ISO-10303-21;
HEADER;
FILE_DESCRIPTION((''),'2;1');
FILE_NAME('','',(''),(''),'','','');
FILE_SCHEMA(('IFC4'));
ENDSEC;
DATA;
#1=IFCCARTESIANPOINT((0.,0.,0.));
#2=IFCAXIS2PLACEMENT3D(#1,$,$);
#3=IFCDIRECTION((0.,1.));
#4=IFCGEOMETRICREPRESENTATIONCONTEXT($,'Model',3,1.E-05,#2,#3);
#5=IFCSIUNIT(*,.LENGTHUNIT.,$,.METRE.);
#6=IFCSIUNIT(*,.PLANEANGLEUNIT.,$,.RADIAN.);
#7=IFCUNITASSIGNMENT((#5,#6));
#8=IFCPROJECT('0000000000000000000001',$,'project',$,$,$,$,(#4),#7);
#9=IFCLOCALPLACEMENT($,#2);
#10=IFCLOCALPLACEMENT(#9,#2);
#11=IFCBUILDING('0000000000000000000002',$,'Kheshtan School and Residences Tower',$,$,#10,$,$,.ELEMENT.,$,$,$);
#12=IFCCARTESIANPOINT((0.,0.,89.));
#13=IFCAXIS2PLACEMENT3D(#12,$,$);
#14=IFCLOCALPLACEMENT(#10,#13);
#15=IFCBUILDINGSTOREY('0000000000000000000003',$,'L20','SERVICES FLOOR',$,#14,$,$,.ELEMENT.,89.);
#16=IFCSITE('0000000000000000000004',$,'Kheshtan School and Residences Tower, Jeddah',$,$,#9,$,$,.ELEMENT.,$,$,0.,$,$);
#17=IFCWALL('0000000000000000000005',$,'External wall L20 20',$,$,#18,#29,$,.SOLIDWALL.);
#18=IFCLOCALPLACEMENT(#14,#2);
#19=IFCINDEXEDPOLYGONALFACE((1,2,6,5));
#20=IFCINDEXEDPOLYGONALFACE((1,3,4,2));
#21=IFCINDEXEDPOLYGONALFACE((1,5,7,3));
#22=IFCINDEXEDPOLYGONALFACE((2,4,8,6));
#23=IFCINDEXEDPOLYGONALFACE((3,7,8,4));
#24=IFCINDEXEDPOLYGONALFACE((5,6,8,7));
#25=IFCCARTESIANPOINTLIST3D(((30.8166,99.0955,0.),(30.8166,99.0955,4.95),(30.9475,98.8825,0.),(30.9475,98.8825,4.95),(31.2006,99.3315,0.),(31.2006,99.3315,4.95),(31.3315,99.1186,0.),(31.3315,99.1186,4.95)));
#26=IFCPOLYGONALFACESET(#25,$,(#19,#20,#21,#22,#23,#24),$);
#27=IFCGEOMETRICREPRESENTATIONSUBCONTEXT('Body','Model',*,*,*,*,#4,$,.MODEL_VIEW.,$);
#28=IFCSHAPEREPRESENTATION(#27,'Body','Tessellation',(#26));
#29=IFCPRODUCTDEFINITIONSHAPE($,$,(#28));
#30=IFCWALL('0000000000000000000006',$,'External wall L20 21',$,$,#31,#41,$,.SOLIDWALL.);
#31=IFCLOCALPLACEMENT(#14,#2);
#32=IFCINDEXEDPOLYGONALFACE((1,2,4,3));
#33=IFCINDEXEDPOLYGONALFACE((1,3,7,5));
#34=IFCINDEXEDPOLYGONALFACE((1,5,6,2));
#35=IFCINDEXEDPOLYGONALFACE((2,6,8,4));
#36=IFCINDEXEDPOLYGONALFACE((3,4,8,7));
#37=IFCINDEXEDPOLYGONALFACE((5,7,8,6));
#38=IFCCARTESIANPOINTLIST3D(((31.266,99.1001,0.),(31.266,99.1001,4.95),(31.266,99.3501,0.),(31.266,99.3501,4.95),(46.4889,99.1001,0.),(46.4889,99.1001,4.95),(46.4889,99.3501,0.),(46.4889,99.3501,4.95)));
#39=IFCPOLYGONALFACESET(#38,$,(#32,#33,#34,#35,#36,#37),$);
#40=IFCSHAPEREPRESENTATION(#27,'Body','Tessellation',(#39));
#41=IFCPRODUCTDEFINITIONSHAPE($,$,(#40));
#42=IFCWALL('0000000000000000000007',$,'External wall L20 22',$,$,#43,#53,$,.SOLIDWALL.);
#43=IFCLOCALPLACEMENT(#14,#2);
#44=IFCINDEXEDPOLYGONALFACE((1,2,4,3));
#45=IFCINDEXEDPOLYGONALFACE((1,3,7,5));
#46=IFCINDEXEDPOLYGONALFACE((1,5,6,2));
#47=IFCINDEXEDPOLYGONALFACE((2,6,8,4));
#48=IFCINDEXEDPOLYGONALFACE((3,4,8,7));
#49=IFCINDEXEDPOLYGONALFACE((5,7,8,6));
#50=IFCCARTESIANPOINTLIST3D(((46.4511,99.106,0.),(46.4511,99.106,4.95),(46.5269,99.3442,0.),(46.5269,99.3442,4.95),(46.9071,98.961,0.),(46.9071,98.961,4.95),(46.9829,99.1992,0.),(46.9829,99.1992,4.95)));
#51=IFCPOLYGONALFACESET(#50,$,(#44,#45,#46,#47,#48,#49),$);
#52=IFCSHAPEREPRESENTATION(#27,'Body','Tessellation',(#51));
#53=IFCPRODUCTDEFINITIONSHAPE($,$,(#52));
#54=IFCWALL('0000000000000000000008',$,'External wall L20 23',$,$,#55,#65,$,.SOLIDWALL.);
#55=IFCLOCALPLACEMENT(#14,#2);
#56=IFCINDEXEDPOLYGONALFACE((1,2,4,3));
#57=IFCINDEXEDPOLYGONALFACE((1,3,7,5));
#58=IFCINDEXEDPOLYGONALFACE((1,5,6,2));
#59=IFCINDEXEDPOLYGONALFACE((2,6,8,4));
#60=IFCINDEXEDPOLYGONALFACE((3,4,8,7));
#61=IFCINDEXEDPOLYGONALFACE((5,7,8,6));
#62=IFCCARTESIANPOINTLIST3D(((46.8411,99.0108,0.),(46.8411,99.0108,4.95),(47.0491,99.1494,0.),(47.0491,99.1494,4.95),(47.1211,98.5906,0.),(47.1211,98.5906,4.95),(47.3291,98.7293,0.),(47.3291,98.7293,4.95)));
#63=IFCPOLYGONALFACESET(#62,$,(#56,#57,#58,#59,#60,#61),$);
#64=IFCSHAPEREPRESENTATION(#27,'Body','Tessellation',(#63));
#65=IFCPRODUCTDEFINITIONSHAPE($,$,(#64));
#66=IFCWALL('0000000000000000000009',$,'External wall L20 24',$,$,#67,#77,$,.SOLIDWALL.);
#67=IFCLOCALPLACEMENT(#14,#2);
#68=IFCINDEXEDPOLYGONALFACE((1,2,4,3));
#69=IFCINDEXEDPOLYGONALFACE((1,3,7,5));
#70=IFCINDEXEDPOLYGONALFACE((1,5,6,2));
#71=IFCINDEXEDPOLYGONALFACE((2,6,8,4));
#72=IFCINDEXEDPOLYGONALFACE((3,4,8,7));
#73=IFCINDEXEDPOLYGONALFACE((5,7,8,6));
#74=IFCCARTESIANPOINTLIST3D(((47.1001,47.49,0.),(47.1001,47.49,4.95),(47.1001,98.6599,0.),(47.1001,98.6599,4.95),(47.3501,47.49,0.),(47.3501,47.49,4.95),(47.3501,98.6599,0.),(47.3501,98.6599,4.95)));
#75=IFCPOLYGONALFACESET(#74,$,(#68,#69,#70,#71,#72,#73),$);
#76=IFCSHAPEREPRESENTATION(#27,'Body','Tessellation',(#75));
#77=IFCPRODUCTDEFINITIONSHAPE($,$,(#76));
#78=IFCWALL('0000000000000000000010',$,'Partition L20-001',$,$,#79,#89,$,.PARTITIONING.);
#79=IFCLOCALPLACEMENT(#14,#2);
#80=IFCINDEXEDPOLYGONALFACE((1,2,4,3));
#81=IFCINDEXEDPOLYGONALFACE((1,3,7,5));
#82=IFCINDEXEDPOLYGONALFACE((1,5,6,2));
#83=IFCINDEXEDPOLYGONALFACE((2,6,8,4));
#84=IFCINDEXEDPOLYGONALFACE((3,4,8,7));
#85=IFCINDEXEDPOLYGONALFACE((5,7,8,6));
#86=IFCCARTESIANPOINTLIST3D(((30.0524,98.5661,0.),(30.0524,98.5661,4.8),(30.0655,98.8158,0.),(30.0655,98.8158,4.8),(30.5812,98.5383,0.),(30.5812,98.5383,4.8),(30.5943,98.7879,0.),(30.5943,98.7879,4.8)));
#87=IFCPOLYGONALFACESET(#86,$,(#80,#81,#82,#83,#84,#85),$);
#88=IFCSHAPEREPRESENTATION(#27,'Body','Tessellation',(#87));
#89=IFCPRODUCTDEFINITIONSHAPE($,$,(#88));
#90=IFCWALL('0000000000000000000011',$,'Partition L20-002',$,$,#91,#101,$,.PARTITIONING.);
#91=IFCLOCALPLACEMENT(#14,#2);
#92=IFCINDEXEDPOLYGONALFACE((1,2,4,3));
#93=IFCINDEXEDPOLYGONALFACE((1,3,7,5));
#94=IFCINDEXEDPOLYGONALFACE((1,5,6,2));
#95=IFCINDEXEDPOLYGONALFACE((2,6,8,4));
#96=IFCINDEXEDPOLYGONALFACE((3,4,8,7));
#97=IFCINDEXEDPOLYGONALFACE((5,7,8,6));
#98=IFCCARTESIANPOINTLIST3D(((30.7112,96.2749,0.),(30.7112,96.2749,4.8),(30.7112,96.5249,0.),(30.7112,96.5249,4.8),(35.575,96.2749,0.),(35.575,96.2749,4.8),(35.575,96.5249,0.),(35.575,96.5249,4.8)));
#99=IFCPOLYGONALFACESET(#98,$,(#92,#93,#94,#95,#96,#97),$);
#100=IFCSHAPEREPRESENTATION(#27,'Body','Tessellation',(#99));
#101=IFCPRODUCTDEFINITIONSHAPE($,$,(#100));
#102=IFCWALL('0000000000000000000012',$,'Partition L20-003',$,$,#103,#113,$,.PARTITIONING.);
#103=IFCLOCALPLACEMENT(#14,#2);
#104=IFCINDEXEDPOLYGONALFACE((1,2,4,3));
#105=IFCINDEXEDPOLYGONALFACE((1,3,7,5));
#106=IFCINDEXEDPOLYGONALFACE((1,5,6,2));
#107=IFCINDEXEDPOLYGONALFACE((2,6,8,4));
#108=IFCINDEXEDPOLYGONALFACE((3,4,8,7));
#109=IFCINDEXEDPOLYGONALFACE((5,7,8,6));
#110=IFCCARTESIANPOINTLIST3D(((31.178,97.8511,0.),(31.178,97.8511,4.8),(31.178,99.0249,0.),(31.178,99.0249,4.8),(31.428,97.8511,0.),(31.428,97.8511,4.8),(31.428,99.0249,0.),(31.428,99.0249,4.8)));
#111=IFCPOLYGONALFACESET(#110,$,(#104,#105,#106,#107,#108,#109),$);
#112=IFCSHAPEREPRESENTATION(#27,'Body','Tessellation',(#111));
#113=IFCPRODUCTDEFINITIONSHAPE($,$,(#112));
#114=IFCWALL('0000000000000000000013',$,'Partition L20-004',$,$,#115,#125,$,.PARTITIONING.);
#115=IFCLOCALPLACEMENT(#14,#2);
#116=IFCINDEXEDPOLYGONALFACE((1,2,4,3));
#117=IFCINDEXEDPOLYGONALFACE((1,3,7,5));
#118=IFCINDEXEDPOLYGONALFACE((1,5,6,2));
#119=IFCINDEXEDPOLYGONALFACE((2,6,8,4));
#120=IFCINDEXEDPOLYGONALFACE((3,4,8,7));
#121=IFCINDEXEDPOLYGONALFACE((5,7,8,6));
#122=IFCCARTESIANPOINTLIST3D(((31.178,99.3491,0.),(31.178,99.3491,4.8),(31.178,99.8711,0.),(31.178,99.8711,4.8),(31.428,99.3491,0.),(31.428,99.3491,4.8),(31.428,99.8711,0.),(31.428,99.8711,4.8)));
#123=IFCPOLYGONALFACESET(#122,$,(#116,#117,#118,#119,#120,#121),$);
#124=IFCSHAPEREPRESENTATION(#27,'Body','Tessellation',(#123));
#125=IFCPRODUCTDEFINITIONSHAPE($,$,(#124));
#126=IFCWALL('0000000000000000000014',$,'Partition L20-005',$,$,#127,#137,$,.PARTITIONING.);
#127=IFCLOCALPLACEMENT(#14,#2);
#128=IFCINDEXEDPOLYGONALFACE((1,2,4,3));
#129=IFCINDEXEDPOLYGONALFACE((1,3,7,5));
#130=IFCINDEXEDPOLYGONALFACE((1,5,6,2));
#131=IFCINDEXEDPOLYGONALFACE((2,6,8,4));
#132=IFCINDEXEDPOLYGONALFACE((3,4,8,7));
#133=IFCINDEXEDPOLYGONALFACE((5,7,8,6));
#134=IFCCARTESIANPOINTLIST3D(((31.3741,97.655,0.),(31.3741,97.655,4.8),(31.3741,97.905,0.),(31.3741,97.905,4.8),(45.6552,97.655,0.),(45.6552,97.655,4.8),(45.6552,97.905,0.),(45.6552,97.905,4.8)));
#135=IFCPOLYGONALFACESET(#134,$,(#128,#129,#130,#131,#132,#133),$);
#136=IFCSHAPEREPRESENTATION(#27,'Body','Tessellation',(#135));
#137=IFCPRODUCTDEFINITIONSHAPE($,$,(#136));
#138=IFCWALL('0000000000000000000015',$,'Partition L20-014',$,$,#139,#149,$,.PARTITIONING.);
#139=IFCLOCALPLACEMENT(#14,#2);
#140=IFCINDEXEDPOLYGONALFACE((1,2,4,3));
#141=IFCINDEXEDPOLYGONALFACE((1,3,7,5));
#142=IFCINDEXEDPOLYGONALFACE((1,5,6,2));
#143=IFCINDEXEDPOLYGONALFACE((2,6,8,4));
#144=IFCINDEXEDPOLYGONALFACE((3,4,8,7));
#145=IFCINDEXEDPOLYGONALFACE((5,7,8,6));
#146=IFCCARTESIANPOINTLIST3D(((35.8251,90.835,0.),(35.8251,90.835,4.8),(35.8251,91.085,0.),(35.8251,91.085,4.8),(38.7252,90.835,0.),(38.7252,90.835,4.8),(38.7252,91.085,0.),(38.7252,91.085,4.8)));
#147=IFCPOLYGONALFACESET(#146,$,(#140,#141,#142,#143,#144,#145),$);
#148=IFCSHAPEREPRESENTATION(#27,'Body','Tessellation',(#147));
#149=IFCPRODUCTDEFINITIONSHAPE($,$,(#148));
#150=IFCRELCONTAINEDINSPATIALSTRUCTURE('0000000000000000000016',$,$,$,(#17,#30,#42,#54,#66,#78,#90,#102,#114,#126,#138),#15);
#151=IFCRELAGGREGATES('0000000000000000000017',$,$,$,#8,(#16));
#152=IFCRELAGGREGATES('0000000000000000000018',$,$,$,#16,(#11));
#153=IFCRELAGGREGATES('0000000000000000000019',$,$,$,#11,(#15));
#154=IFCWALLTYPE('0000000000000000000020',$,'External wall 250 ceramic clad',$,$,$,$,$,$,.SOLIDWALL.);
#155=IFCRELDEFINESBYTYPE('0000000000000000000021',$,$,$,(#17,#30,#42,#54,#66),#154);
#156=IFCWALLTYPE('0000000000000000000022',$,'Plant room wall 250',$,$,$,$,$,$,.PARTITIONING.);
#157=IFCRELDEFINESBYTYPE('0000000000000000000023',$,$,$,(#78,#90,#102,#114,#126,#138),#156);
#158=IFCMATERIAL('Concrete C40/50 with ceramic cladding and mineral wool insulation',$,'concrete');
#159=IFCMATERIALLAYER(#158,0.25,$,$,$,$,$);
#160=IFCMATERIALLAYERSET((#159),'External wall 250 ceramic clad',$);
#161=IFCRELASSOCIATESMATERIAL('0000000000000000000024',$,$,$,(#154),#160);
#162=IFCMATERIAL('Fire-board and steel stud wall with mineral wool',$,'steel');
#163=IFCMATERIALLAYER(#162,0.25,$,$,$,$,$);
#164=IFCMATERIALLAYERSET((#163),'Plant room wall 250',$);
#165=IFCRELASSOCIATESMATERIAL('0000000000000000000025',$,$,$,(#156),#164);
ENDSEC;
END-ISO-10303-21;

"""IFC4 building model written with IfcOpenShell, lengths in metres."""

from ifc_helpers import new_model, si_unit, direction, frame, frame_2d, origin, place, context, subcontext, project, spatial, rectangle, extrude, material, layer, layer_set, type_object, element, save


model = new_model("IFC4")

# Units and contexts
model_context = context("Model", 3, precision=1e-05, world=origin(), true_north=direction((0.0, 1.0)))
body_context = subcontext(model_context, "Body", "Model", "MODEL_VIEW")
ifc_project = project(units=[si_unit("LENGTHUNIT", "METRE"), si_unit("PLANEANGLEUNIT", "RADIAN")], contexts=[model_context])

# Site, building, storey
site_placement = place(None, origin())
site = spatial("IfcSite", under=ifc_project, at=site_placement, Name="Kheshtan School and Residences Tower, Jeddah", CompositionType="ELEMENT", RefElevation=0.0)
building_placement = place(site_placement, origin())
building = spatial("IfcBuilding", under=site, at=building_placement, Name="Kheshtan School and Residences Tower", CompositionType="ELEMENT")
storey_placement = place(building_placement, frame((0.0, 0.0, 89.0)))
storey = spatial("IfcBuildingStorey", under=building, at=storey_placement, Name="L20", Description="SERVICES FLOOR", CompositionType="ELEMENT", Elevation=89.0)

# Walls
ifc_material_1 = material(Name="Concrete C40/50 with ceramic cladding and mineral wool insulation", Category="concrete")
ifc_layer_1 = layer(ifc_material_1, 0.25)
ifc_layer_set_1 = layer_set([ifc_layer_1], Name="External wall 250 ceramic clad")
wall_type_1 = type_object("IfcWallType", Name="External wall 250 ceramic clad", PredefinedType="SOLIDWALL", material=ifc_layer_set_1)
wall_1_placement = place(storey_placement, frame((30.8821, 98.989, 0.0), z_axis=(0.0, 0.0, 1.0), x_axis=(0.8519, 0.523705, 0.0)))
element("IfcWall", 1, at=wall_1_placement, inside=storey, type_object=wall_type_1, Name="External wall L20 20", PredefinedType="SOLIDWALL", context=body_context, shape_type="SweptSolid", body=[
    extrude(rectangle(XDim=0.4507, YDim=0.25, at=frame_2d((0.2253, 0.0))), origin(), (0.0, 0.0, 1.0), 4.95),
])
wall_2_placement = place(storey_placement, frame((31.2661, 99.2251, 0.0), z_axis=(0.0, 0.0, 1.0), x_axis=(1.0, 0.0, 0.0)))
element("IfcWall", 2, at=wall_2_placement, inside=storey, type_object=wall_type_1, Name="External wall L20 21", PredefinedType="SOLIDWALL", context=body_context, shape_type="SweptSolid", body=[
    extrude(rectangle(XDim=15.2229, YDim=0.25, at=frame_2d((7.6113, 0.0))), origin(), (0.0, 0.0, 1.0), 4.95),
])
wall_3_placement = place(storey_placement, frame((46.489, 99.2251, 0.0), z_axis=(0.0, 0.0, 1.0), x_axis=(0.952979, -0.303035, 0.0)))
element("IfcWall", 3, at=wall_3_placement, inside=storey, type_object=wall_type_1, Name="External wall L20 22", PredefinedType="SOLIDWALL", context=body_context, shape_type="SweptSolid", body=[
    extrude(rectangle(XDim=0.4785, YDim=0.25, at=frame_2d((0.2393, 0.0))), origin(), (0.0, 0.0, 1.0), 4.95),
])
wall_4_placement = place(storey_placement, frame((46.9451, 99.0801, 0.0), z_axis=(0.0, 0.0, 1.0), x_axis=(0.554589, -0.832125, 0.0)))
element("IfcWall", 4, at=wall_4_placement, inside=storey, type_object=wall_type_1, Name="External wall L20 23", PredefinedType="SOLIDWALL", context=body_context, shape_type="SweptSolid", body=[
    extrude(rectangle(XDim=0.5049, YDim=0.25, at=frame_2d((0.2524, 0.0))), origin(), (0.0, 0.0, 1.0), 4.95),
])
wall_5_placement = place(storey_placement, frame((47.2251, 98.6599, 0.0), z_axis=(0.0, 0.0, 1.0), x_axis=(0.0, -1.0, 0.0)))
element("IfcWall", 5, at=wall_5_placement, inside=storey, type_object=wall_type_1, Name="External wall L20 24", PredefinedType="SOLIDWALL", context=body_context, shape_type="SweptSolid", body=[
    extrude(rectangle(XDim=51.1699, YDim=0.25, at=frame_2d((25.585, 0.0))), origin(), (0.0, 0.0, 1.0), 4.95),
])
ifc_material_2 = material(Name="Fire-board and steel stud wall with mineral wool", Category="steel")
ifc_layer_2 = layer(ifc_material_2, 0.25)
ifc_layer_set_2 = layer_set([ifc_layer_2], Name="Plant room wall 250")
wall_type_2 = type_object("IfcWallType", Name="Plant room wall 250", PredefinedType="PARTITIONING", material=ifc_layer_set_2)
wall_6_placement = place(storey_placement, frame((30.0591, 98.6909, 0.0), z_axis=(0.0, 0.0, 1.0), x_axis=(0.998618, -0.052559, 0.0)))
element("IfcWall", 6, at=wall_6_placement, inside=storey, type_object=wall_type_2, Name="Partition L20-001", PredefinedType="PARTITIONING", context=body_context, shape_type="SweptSolid", body=[
    extrude(rectangle(XDim=0.5295, YDim=0.25, at=frame_2d((0.2646, 0.0))), origin(), (0.0, 0.0, 1.0), 4.8),
])
wall_7_placement = place(storey_placement, frame((30.7112, 96.3999, 0.0), z_axis=(0.0, 0.0, 1.0), x_axis=(1.0, 0.0, 0.0)))
element("IfcWall", 7, at=wall_7_placement, inside=storey, type_object=wall_type_2, Name="Partition L20-002", PredefinedType="PARTITIONING", context=body_context, shape_type="SweptSolid", body=[
    extrude(rectangle(XDim=4.8638, YDim=0.25, at=frame_2d((2.4319, 0.0))), origin(), (0.0, 0.0, 1.0), 4.8),
])
wall_8_placement = place(storey_placement, frame((31.303, 97.8511, 0.0), z_axis=(0.0, 0.0, 1.0), x_axis=(0.0, 1.0, 0.0)))
element("IfcWall", 8, at=wall_8_placement, inside=storey, type_object=wall_type_2, Name="Partition L20-003", PredefinedType="PARTITIONING", context=body_context, shape_type="SweptSolid", body=[
    extrude(rectangle(XDim=1.1738, YDim=0.25, at=frame_2d((0.5869, 0.0))), origin(), (0.0, 0.0, 1.0), 4.8),
])
wall_9_placement = place(storey_placement, frame((31.303, 99.3491, 0.0), z_axis=(0.0, 0.0, 1.0), x_axis=(0.0, 1.0, 0.0)))
element("IfcWall", 9, at=wall_9_placement, inside=storey, type_object=wall_type_2, Name="Partition L20-004", PredefinedType="PARTITIONING", context=body_context, shape_type="SweptSolid", body=[
    extrude(rectangle(XDim=0.522, YDim=0.25, at=frame_2d((0.261, 0.0))), origin(), (0.0, 0.0, 1.0), 4.8),
])
wall_10_placement = place(storey_placement, frame((31.374, 97.78, 0.0), z_axis=(0.0, 0.0, 1.0), x_axis=(1.0, 0.0, 0.0)))
element("IfcWall", 10, at=wall_10_placement, inside=storey, type_object=wall_type_2, Name="Partition L20-005", PredefinedType="PARTITIONING", context=body_context, shape_type="SweptSolid", body=[
    extrude(rectangle(XDim=14.281, YDim=0.25, at=frame_2d((7.1406, 0.0))), origin(), (0.0, 0.0, 1.0), 4.8),
])
wall_11_placement = place(storey_placement, frame((35.825, 90.96, 0.0), z_axis=(0.0, 0.0, 1.0), x_axis=(1.0, 0.0, 0.0)))
element("IfcWall", 11, at=wall_11_placement, inside=storey, type_object=wall_type_2, Name="Partition L20-014", PredefinedType="PARTITIONING", context=body_context, shape_type="SweptSolid", body=[
    extrude(rectangle(XDim=2.9001, YDim=0.25, at=frame_2d((1.4502, 0.0))), origin(), (0.0, 0.0, 1.0), 4.8),
])

save(model, "model.ifc")
